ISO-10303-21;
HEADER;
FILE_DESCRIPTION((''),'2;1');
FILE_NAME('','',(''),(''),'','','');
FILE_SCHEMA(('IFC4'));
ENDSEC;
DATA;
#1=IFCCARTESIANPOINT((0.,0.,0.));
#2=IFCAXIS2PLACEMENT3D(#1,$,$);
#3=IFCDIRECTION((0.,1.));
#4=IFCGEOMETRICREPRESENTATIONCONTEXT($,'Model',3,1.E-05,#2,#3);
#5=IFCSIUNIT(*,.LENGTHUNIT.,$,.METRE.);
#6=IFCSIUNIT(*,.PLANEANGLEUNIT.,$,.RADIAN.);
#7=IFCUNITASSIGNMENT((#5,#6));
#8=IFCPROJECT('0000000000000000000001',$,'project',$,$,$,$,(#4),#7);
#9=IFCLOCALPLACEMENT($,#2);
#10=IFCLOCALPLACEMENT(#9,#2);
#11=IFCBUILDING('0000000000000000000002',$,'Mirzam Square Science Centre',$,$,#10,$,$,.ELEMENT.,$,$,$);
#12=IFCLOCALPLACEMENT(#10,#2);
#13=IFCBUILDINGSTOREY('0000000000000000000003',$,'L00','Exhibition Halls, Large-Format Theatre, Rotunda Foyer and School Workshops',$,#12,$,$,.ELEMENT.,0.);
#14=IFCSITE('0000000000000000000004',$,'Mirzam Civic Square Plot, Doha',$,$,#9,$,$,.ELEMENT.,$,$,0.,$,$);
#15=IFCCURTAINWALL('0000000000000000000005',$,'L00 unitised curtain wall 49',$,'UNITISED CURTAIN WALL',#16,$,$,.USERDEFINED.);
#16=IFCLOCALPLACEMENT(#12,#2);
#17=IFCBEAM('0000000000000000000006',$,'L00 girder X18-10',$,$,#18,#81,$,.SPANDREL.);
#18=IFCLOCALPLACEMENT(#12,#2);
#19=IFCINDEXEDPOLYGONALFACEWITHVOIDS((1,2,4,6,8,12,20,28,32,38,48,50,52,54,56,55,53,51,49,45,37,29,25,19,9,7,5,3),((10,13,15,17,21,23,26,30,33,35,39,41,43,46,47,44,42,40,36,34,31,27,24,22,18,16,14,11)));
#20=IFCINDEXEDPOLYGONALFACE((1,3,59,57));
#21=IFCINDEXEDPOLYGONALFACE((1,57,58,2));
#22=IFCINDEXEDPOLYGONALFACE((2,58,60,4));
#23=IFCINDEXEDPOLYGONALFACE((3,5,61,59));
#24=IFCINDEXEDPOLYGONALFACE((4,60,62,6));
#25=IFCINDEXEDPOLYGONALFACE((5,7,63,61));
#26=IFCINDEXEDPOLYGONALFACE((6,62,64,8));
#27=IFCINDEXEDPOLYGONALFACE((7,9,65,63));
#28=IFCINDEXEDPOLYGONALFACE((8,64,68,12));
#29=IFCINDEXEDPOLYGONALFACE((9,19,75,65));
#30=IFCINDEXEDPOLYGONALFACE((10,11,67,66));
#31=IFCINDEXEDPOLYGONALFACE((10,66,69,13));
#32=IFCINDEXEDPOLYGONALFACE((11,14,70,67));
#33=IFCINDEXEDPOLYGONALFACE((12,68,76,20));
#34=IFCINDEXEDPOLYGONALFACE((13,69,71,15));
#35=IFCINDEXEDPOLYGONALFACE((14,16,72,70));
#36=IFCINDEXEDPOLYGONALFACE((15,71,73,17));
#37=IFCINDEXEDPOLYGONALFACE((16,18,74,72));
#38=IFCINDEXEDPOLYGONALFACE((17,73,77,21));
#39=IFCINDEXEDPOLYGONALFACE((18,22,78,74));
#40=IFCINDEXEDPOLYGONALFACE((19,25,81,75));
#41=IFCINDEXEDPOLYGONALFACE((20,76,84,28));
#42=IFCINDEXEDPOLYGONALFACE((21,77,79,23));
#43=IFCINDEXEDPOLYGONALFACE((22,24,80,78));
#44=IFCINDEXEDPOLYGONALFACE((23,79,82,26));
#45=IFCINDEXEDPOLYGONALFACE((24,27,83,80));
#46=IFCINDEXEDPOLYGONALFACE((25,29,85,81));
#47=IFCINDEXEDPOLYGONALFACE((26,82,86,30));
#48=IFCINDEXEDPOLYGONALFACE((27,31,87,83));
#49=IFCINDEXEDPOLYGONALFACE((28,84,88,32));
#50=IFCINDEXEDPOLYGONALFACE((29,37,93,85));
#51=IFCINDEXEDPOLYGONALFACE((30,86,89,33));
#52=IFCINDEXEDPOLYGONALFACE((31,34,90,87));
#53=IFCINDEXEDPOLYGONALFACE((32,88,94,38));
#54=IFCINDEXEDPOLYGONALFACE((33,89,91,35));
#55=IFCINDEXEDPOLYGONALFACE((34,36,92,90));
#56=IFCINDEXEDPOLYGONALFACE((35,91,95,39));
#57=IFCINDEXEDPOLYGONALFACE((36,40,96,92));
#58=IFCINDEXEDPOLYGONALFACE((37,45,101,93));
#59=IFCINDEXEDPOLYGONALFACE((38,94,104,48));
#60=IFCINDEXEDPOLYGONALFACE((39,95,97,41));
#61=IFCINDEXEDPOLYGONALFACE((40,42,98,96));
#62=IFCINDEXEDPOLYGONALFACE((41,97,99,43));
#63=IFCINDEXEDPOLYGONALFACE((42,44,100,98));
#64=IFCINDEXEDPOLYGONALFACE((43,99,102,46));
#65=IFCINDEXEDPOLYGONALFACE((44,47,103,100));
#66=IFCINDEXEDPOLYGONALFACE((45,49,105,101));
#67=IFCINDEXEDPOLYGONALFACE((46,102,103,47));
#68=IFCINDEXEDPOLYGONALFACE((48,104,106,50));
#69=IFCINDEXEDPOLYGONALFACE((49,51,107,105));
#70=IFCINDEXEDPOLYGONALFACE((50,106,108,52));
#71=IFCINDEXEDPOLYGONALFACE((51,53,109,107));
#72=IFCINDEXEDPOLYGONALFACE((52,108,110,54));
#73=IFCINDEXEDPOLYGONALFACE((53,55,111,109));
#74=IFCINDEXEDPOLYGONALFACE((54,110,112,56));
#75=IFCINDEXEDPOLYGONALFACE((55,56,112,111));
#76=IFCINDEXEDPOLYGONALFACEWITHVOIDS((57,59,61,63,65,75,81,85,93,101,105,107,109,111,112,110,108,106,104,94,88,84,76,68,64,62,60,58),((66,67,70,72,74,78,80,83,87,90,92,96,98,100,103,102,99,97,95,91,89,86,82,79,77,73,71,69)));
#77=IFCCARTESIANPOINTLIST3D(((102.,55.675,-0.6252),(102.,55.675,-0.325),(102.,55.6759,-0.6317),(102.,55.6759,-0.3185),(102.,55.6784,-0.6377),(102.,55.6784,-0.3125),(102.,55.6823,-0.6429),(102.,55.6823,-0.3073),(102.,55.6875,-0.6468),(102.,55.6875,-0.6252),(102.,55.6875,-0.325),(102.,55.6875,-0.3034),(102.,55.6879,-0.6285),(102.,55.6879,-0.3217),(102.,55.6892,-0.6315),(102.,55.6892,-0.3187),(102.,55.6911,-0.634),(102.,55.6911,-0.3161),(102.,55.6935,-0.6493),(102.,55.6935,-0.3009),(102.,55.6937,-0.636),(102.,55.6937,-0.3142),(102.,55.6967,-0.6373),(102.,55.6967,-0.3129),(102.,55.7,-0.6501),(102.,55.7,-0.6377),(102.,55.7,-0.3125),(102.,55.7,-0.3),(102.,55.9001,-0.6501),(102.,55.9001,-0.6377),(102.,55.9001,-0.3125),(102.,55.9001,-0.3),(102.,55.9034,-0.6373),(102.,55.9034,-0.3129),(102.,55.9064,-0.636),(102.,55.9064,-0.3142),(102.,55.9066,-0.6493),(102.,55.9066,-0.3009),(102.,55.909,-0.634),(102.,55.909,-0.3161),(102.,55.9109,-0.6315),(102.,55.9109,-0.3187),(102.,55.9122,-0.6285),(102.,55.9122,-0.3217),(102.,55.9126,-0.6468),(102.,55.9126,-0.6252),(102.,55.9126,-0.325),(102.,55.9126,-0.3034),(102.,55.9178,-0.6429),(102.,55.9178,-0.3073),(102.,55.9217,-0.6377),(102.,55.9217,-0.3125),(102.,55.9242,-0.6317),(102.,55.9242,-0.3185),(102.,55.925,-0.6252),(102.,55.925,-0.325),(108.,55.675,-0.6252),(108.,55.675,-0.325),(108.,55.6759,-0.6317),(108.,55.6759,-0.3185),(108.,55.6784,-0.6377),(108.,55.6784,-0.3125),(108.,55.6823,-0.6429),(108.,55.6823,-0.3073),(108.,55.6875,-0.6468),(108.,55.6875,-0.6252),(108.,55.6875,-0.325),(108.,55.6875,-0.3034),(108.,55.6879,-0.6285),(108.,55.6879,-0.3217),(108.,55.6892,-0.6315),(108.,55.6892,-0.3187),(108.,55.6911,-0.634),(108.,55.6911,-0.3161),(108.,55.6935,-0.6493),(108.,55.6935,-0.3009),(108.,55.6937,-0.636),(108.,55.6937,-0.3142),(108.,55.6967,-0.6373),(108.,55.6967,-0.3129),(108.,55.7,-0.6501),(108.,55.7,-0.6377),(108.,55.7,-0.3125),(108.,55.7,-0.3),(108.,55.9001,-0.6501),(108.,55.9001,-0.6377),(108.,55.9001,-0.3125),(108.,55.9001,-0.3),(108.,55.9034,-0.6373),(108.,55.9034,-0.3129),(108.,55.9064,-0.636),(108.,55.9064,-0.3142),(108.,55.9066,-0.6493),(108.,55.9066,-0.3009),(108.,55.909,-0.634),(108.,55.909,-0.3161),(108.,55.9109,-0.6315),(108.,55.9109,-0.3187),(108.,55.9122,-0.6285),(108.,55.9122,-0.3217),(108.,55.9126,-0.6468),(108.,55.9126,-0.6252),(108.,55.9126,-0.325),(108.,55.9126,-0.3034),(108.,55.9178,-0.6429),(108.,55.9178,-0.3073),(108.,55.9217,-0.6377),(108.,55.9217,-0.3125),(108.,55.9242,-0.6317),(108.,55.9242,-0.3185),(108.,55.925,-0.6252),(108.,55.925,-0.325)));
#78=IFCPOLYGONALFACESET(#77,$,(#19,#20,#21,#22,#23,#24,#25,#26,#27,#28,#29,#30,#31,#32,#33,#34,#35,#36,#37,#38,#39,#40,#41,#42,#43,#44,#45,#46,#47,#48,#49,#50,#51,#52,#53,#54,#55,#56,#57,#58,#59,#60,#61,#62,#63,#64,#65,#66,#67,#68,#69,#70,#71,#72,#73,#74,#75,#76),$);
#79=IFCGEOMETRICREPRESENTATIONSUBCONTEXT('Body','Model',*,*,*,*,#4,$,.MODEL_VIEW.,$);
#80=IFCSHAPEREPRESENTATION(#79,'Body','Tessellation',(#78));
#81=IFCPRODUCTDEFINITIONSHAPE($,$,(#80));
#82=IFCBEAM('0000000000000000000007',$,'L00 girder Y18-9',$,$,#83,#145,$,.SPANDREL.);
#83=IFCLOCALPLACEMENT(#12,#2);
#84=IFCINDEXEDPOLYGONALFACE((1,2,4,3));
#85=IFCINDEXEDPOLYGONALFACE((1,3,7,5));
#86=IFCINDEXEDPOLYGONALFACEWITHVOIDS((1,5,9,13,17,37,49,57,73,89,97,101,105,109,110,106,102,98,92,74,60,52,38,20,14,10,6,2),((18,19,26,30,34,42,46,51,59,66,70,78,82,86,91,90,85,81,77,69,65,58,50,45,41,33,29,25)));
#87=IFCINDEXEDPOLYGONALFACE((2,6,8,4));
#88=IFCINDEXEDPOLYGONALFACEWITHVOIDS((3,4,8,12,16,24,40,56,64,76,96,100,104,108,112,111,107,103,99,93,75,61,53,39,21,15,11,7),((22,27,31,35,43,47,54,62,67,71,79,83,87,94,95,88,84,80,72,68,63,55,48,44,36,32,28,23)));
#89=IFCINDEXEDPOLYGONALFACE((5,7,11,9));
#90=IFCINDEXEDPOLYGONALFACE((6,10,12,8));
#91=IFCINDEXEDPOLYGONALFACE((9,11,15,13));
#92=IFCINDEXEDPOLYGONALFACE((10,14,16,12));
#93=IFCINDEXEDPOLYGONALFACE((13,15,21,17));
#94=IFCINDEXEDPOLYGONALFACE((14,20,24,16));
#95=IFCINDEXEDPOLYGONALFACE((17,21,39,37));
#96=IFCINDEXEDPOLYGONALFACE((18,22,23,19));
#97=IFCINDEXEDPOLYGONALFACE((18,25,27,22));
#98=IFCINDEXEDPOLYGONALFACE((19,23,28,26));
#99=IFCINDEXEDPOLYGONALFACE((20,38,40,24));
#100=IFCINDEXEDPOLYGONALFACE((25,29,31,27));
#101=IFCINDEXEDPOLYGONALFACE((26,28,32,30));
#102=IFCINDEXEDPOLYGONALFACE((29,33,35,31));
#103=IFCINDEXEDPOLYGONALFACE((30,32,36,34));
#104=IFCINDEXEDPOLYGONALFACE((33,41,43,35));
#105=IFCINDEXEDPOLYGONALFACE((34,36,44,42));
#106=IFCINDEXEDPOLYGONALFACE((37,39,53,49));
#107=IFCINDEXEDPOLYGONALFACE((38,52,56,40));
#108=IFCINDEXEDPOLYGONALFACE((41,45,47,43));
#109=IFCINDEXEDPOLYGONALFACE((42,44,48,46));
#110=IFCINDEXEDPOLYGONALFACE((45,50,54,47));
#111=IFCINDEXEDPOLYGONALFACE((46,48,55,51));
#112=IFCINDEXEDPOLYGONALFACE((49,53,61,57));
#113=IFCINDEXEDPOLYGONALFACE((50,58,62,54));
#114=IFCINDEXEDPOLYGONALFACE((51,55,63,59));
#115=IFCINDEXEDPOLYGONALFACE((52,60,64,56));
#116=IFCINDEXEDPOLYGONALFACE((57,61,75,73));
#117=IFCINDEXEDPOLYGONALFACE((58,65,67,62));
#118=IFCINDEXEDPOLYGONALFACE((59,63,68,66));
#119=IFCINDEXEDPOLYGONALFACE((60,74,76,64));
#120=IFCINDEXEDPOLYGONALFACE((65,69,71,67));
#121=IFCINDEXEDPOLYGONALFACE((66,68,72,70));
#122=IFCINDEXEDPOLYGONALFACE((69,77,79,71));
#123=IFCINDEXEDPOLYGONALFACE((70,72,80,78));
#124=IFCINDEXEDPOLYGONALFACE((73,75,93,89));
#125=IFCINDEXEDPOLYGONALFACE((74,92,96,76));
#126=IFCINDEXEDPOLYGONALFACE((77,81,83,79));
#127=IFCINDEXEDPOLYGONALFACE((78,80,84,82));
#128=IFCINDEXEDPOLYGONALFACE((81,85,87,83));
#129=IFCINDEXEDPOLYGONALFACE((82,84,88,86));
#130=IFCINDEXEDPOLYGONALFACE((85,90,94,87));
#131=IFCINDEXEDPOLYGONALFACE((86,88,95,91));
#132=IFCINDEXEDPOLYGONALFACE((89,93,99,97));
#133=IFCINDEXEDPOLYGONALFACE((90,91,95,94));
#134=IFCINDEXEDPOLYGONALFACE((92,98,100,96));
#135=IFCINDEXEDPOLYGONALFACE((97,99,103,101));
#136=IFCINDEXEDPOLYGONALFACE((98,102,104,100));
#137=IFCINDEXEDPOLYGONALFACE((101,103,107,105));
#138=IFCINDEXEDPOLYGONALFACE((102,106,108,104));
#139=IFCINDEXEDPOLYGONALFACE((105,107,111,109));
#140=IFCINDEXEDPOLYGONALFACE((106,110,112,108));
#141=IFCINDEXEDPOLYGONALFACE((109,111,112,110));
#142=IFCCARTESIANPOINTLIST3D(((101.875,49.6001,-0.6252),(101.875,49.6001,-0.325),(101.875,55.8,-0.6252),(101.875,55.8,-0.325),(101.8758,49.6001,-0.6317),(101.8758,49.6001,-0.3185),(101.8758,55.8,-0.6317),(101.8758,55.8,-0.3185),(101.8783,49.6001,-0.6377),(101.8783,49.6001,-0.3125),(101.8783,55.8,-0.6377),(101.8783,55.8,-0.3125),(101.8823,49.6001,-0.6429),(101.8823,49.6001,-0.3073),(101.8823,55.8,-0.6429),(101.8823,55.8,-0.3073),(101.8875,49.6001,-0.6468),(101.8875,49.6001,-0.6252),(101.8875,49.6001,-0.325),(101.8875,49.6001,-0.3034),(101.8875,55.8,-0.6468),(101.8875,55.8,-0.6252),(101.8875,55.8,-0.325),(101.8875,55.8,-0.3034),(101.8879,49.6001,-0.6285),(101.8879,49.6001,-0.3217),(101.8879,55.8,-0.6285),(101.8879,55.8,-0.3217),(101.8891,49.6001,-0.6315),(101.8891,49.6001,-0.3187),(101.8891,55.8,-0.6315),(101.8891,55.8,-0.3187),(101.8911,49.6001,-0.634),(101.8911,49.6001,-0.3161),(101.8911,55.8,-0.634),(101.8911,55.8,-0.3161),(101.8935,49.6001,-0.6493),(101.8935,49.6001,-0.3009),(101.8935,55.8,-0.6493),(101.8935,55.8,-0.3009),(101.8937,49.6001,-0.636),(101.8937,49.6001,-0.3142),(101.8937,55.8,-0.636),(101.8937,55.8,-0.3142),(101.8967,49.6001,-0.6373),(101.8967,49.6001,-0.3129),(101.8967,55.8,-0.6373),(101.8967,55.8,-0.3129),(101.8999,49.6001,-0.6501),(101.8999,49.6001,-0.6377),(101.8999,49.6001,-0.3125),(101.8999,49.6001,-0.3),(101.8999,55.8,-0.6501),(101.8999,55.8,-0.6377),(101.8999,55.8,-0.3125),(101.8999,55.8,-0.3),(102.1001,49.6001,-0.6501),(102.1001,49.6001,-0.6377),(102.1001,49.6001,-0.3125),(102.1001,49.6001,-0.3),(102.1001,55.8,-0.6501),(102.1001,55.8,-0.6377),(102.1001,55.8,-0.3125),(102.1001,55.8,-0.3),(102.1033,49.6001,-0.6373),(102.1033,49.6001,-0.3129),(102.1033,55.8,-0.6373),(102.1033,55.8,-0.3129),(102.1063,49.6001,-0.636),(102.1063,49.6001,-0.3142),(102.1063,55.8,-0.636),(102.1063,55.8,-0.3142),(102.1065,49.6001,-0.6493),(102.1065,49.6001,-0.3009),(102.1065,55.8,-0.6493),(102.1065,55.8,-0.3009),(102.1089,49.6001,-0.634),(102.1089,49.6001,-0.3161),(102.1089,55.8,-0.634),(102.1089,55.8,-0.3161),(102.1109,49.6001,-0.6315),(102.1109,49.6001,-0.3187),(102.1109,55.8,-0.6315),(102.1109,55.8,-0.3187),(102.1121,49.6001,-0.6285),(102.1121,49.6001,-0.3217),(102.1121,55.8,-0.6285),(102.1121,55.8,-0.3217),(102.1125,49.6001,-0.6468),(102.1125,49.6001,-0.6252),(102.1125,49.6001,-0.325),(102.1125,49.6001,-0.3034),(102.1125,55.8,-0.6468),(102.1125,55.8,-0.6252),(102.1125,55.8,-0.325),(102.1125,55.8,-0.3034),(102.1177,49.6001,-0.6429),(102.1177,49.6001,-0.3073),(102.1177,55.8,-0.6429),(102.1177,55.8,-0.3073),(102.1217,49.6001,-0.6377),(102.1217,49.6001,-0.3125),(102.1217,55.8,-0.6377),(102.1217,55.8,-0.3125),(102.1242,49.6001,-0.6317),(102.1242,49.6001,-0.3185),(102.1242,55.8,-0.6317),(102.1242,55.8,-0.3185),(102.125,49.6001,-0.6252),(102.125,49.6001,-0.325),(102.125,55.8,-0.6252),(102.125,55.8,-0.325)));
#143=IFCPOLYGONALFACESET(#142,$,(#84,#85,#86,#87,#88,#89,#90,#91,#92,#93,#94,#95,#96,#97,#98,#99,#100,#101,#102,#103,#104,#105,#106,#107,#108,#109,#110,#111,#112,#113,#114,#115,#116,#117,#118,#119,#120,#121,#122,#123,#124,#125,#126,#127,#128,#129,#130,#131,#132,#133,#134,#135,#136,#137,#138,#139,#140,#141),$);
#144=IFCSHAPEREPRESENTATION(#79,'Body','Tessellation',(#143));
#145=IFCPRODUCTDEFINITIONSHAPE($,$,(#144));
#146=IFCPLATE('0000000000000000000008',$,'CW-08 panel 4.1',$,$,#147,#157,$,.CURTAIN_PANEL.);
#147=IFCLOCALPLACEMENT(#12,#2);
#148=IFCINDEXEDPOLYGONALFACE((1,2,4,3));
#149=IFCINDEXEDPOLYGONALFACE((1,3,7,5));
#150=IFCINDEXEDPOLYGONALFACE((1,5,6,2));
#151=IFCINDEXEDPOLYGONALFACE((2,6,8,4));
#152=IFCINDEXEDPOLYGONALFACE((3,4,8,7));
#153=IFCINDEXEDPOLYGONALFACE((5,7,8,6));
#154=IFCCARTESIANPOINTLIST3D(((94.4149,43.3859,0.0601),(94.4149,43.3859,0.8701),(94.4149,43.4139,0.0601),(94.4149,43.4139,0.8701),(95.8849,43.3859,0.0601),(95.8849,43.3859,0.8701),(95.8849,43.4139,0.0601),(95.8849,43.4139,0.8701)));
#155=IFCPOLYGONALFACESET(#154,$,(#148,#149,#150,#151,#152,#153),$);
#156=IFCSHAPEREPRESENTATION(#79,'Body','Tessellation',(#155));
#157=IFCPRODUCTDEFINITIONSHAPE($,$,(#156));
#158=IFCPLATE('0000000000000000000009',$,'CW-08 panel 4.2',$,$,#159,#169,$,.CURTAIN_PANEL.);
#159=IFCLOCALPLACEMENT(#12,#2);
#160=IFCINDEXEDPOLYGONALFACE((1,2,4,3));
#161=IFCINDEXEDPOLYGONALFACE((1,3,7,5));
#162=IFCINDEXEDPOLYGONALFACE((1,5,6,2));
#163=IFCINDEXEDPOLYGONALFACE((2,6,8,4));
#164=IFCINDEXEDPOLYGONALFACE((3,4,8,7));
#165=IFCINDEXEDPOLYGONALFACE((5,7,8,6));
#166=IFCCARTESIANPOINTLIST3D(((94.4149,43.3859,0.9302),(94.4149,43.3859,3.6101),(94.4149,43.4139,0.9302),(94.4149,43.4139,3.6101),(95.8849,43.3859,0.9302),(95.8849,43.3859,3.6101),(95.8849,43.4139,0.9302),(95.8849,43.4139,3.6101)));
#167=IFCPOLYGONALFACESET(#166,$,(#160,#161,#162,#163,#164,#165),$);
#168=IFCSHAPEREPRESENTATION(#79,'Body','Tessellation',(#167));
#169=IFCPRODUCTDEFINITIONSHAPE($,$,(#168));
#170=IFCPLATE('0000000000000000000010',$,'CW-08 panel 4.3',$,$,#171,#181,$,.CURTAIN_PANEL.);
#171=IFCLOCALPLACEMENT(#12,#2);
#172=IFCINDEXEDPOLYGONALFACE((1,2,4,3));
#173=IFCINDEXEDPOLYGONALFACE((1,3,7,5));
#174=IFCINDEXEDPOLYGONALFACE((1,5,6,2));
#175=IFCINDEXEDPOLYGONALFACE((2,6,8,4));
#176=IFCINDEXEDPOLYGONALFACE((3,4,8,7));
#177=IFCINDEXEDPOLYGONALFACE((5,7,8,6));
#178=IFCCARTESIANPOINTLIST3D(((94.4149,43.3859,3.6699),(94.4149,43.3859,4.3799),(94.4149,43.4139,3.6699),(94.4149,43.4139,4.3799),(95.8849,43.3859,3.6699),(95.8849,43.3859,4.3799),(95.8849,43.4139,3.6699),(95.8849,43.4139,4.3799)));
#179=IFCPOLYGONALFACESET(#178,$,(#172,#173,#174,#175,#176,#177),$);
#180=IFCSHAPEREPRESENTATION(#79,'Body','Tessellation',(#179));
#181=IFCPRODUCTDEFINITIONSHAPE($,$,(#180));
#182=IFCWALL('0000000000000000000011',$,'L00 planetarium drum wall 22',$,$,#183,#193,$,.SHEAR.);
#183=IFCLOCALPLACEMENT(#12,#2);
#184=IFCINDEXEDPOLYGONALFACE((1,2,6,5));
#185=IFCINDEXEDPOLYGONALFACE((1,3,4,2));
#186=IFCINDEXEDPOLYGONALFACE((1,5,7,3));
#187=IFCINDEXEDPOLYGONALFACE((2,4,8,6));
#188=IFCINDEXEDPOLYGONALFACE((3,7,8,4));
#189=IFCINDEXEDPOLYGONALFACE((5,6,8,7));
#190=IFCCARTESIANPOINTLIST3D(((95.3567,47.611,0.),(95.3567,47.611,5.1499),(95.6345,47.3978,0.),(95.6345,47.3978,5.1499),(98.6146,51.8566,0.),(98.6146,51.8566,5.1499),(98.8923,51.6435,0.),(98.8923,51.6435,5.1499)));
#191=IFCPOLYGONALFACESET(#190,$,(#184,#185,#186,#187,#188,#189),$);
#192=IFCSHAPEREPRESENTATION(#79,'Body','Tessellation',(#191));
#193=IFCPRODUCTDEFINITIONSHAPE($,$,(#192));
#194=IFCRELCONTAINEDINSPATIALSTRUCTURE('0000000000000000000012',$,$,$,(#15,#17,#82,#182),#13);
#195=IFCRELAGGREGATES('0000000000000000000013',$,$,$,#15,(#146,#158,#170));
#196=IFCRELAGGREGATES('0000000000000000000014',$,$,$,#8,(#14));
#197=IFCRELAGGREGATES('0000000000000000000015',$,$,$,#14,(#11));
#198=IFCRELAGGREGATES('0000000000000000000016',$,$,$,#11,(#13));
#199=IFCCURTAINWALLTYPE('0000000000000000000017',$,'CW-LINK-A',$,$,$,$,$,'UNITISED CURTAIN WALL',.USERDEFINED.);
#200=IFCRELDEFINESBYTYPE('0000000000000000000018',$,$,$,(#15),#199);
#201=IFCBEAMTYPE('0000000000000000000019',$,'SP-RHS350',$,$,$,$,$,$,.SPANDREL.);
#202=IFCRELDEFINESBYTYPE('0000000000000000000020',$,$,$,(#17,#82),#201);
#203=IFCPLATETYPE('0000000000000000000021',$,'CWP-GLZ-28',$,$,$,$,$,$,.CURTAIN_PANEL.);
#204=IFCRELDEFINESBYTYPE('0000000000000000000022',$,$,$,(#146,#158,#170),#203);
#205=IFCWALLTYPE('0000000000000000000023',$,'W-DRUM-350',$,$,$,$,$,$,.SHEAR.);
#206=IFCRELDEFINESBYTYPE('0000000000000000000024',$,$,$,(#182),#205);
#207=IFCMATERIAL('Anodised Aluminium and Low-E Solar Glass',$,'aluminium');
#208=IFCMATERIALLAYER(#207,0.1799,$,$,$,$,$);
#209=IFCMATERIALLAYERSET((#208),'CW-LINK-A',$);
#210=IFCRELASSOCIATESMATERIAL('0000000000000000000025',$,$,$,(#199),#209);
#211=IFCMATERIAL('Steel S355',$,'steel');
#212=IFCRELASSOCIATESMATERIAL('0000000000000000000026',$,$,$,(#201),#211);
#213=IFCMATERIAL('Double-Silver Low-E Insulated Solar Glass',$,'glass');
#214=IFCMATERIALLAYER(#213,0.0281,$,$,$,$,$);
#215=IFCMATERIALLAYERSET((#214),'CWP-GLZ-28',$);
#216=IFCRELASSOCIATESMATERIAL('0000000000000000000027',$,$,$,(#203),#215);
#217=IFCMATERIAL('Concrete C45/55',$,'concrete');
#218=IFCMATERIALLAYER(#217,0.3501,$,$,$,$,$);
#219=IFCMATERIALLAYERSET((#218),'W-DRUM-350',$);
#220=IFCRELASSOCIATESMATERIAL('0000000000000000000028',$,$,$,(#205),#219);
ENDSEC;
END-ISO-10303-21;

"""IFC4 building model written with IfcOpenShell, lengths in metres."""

from ifc_helpers import new_model, si_unit, direction, frame, frame_2d, origin, origin_2d, place, context, subcontext, project, spatial, rectangle, hollow_rectangle, extrude, material, layer, layer_set, material_profile, profile_set, type_object, element, aggregate, save


model = new_model("IFC4")

# Units and contexts
model_context = context("Model", 3, precision=1e-05, world=origin(), true_north=direction((0.0, 1.0)))
body_context = subcontext(model_context, "Body", "Model", "MODEL_VIEW")
ifc_project = project(units=[si_unit("LENGTHUNIT", "METRE"), si_unit("PLANEANGLEUNIT", "RADIAN")], contexts=[model_context])

# Site, building, storey
site_placement = place(None, origin())
site = spatial("IfcSite", under=ifc_project, at=site_placement, Name="Mirzam Civic Square Plot, Doha", CompositionType="ELEMENT", RefElevation=0.0)
building_placement = place(site_placement, origin())
building = spatial("IfcBuilding", under=site, at=building_placement, Name="Mirzam Square Science Centre", CompositionType="ELEMENT")
storey_placement = place(building_placement, origin())
storey = spatial("IfcBuildingStorey", under=building, at=storey_placement, Name="L00", Description="Exhibition Halls, Large-Format Theatre, Rotunda Foyer and School Workshops", CompositionType="ELEMENT", Elevation=0.0)

# Shared definitions
ifc_material_1 = material(Name="Steel S355", Category="steel")
ifc_material_2 = material(Name="Concrete C45/55", Category="concrete")

# Curtain wall
ifc_material_3 = material(Name="Anodised Aluminium and Low-E Solar Glass", Category="aluminium")
ifc_layer_1 = layer(ifc_material_3, 0.1799)
ifc_layer_set_1 = layer_set([ifc_layer_1], Name="CW-LINK-A")
curtain_wall_type = type_object("IfcCurtainWallType", Name="CW-LINK-A", ElementType="UNITISED CURTAIN WALL", PredefinedType="USERDEFINED", material=ifc_layer_set_1)
curtain_wall_placement = place(storey_placement, origin())
curtain_wall = element("IfcCurtainWall", 1, at=curtain_wall_placement, inside=storey, type_object=curtain_wall_type, Name="L00 unitised curtain wall 49", ObjectType="UNITISED CURTAIN WALL", PredefinedType="USERDEFINED")

# Beams
ifc_material_profile_1 = material_profile(ifc_material_1, hollow_rectangle(XDim=0.25, YDim=0.3501, WallThickness=0.0125, InnerFilletRadius=0.0125, OuterFilletRadius=0.0249, at=origin_2d()), Name="350x250x12.5RHS")
ifc_profile_set_1 = profile_set([ifc_material_profile_1], Name="Steel S355")
beam_type_1 = type_object("IfcBeamType", Name="SP-RHS350", PredefinedType="SPANDREL", material=ifc_profile_set_1)
for number, where, z_axis, x_axis, name in (
    (2, (102.0, 55.8, -0.4751), (1.0, 0.0, 0.0), (0.0, 1.0, 0.0), "L00 girder X18-10"),
):
    element("IfcBeam", number, at=place(storey_placement, frame(where, z_axis=z_axis, x_axis=x_axis)), inside=storey, type_object=beam_type_1, Name=name, PredefinedType="SPANDREL", context=body_context, shape_type="SweptSolid", body=[
        extrude(hollow_rectangle(XDim=0.25, YDim=0.3501, WallThickness=0.0125, InnerFilletRadius=0.0125, OuterFilletRadius=0.0249, at=origin_2d()), origin(), (0.0, 0.0, 1.0), 6.0),
    ])
beam_1_placement = place(storey_placement, frame((102.0, 49.6001, -0.4751), z_axis=(0.0, 1.0, 0.0), x_axis=(-1.0, 0.0, 0.0)))
element("IfcBeam", 3, at=beam_1_placement, inside=storey, type_object=beam_type_1, Name="L00 girder Y18-9", PredefinedType="SPANDREL", context=body_context, shape_type="SweptSolid", body=[
    extrude(hollow_rectangle(XDim=0.25, YDim=0.3501, WallThickness=0.0125, InnerFilletRadius=0.0125, OuterFilletRadius=0.0249, at=origin_2d()), origin(), (0.0, 0.0, 1.0), 6.2),
])

# Plates
ifc_material_4 = material(Name="Double-Silver Low-E Insulated Solar Glass", Category="glass")
ifc_layer_2 = layer(ifc_material_4, 0.0281)
ifc_layer_set_2 = layer_set([ifc_layer_2], Name="CWP-GLZ-28")
plate_type = type_object("IfcPlateType", Name="CWP-GLZ-28", PredefinedType="CURTAIN_PANEL", material=ifc_layer_set_2)
plate_1_placement = place(storey_placement, frame((95.1499, 43.3999, 0.0601), z_axis=(0.0, 0.0, 1.0), x_axis=(1.0, 0.0, 0.0)))
plate_1 = element("IfcPlate", 4, at=plate_1_placement, type_object=plate_type, Name="CW-08 panel 4.1", PredefinedType="CURTAIN_PANEL", context=body_context, shape_type="SweptSolid", body=[
    extrude(rectangle(XDim=1.47, YDim=0.0281, at=origin_2d()), origin(), (0.0, 0.0, 1.0), 0.8101),
])
plate_2_placement = place(storey_placement, frame((95.1499, 43.3999, 0.9302), z_axis=(0.0, 0.0, 1.0), x_axis=(1.0, 0.0, 0.0)))
plate_2 = element("IfcPlate", 5, at=plate_2_placement, type_object=plate_type, Name="CW-08 panel 4.2", PredefinedType="CURTAIN_PANEL", context=body_context, shape_type="SweptSolid", body=[
    extrude(rectangle(XDim=1.47, YDim=0.0281, at=origin_2d()), origin(), (0.0, 0.0, 1.0), 2.6799),
])
plate_3_placement = place(storey_placement, frame((95.1499, 43.3999, 3.6699), z_axis=(0.0, 0.0, 1.0), x_axis=(1.0, 0.0, 0.0)))
plate_3 = element("IfcPlate", 6, at=plate_3_placement, type_object=plate_type, Name="CW-08 panel 4.3", PredefinedType="CURTAIN_PANEL", context=body_context, shape_type="SweptSolid", body=[
    extrude(rectangle(XDim=1.47, YDim=0.0281, at=origin_2d()), origin(), (0.0, 0.0, 1.0), 0.71),
])
aggregate(curtain_wall, [plate_1, plate_2, plate_3])

# Wall
ifc_layer_3 = layer(ifc_material_2, 0.3501)
ifc_layer_set_3 = layer_set([ifc_layer_3], Name="W-DRUM-350")
wall_type_1 = type_object("IfcWallType", Name="W-DRUM-350", PredefinedType="SHEAR", material=ifc_layer_set_3)
for number, where, z_axis, x_axis, name in (
    (7, (95.4956, 47.5044, 0.0), (0.0, 0.0, 1.0), (0.608767, 0.793349, 0.0), "L00 planetarium drum wall 22"),
):
    element("IfcWall", number, at=place(storey_placement, frame(where, z_axis=z_axis, x_axis=x_axis)), inside=storey, type_object=wall_type_1, Name=name, PredefinedType="SHEAR", context=body_context, shape_type="SweptSolid", body=[
        extrude(rectangle(XDim=5.3516, YDim=0.3501, at=frame_2d((2.6758, 0.0))), origin(), (0.0, 0.0, 1.0), 5.1499),
    ])

save(model, "model.ifc")
